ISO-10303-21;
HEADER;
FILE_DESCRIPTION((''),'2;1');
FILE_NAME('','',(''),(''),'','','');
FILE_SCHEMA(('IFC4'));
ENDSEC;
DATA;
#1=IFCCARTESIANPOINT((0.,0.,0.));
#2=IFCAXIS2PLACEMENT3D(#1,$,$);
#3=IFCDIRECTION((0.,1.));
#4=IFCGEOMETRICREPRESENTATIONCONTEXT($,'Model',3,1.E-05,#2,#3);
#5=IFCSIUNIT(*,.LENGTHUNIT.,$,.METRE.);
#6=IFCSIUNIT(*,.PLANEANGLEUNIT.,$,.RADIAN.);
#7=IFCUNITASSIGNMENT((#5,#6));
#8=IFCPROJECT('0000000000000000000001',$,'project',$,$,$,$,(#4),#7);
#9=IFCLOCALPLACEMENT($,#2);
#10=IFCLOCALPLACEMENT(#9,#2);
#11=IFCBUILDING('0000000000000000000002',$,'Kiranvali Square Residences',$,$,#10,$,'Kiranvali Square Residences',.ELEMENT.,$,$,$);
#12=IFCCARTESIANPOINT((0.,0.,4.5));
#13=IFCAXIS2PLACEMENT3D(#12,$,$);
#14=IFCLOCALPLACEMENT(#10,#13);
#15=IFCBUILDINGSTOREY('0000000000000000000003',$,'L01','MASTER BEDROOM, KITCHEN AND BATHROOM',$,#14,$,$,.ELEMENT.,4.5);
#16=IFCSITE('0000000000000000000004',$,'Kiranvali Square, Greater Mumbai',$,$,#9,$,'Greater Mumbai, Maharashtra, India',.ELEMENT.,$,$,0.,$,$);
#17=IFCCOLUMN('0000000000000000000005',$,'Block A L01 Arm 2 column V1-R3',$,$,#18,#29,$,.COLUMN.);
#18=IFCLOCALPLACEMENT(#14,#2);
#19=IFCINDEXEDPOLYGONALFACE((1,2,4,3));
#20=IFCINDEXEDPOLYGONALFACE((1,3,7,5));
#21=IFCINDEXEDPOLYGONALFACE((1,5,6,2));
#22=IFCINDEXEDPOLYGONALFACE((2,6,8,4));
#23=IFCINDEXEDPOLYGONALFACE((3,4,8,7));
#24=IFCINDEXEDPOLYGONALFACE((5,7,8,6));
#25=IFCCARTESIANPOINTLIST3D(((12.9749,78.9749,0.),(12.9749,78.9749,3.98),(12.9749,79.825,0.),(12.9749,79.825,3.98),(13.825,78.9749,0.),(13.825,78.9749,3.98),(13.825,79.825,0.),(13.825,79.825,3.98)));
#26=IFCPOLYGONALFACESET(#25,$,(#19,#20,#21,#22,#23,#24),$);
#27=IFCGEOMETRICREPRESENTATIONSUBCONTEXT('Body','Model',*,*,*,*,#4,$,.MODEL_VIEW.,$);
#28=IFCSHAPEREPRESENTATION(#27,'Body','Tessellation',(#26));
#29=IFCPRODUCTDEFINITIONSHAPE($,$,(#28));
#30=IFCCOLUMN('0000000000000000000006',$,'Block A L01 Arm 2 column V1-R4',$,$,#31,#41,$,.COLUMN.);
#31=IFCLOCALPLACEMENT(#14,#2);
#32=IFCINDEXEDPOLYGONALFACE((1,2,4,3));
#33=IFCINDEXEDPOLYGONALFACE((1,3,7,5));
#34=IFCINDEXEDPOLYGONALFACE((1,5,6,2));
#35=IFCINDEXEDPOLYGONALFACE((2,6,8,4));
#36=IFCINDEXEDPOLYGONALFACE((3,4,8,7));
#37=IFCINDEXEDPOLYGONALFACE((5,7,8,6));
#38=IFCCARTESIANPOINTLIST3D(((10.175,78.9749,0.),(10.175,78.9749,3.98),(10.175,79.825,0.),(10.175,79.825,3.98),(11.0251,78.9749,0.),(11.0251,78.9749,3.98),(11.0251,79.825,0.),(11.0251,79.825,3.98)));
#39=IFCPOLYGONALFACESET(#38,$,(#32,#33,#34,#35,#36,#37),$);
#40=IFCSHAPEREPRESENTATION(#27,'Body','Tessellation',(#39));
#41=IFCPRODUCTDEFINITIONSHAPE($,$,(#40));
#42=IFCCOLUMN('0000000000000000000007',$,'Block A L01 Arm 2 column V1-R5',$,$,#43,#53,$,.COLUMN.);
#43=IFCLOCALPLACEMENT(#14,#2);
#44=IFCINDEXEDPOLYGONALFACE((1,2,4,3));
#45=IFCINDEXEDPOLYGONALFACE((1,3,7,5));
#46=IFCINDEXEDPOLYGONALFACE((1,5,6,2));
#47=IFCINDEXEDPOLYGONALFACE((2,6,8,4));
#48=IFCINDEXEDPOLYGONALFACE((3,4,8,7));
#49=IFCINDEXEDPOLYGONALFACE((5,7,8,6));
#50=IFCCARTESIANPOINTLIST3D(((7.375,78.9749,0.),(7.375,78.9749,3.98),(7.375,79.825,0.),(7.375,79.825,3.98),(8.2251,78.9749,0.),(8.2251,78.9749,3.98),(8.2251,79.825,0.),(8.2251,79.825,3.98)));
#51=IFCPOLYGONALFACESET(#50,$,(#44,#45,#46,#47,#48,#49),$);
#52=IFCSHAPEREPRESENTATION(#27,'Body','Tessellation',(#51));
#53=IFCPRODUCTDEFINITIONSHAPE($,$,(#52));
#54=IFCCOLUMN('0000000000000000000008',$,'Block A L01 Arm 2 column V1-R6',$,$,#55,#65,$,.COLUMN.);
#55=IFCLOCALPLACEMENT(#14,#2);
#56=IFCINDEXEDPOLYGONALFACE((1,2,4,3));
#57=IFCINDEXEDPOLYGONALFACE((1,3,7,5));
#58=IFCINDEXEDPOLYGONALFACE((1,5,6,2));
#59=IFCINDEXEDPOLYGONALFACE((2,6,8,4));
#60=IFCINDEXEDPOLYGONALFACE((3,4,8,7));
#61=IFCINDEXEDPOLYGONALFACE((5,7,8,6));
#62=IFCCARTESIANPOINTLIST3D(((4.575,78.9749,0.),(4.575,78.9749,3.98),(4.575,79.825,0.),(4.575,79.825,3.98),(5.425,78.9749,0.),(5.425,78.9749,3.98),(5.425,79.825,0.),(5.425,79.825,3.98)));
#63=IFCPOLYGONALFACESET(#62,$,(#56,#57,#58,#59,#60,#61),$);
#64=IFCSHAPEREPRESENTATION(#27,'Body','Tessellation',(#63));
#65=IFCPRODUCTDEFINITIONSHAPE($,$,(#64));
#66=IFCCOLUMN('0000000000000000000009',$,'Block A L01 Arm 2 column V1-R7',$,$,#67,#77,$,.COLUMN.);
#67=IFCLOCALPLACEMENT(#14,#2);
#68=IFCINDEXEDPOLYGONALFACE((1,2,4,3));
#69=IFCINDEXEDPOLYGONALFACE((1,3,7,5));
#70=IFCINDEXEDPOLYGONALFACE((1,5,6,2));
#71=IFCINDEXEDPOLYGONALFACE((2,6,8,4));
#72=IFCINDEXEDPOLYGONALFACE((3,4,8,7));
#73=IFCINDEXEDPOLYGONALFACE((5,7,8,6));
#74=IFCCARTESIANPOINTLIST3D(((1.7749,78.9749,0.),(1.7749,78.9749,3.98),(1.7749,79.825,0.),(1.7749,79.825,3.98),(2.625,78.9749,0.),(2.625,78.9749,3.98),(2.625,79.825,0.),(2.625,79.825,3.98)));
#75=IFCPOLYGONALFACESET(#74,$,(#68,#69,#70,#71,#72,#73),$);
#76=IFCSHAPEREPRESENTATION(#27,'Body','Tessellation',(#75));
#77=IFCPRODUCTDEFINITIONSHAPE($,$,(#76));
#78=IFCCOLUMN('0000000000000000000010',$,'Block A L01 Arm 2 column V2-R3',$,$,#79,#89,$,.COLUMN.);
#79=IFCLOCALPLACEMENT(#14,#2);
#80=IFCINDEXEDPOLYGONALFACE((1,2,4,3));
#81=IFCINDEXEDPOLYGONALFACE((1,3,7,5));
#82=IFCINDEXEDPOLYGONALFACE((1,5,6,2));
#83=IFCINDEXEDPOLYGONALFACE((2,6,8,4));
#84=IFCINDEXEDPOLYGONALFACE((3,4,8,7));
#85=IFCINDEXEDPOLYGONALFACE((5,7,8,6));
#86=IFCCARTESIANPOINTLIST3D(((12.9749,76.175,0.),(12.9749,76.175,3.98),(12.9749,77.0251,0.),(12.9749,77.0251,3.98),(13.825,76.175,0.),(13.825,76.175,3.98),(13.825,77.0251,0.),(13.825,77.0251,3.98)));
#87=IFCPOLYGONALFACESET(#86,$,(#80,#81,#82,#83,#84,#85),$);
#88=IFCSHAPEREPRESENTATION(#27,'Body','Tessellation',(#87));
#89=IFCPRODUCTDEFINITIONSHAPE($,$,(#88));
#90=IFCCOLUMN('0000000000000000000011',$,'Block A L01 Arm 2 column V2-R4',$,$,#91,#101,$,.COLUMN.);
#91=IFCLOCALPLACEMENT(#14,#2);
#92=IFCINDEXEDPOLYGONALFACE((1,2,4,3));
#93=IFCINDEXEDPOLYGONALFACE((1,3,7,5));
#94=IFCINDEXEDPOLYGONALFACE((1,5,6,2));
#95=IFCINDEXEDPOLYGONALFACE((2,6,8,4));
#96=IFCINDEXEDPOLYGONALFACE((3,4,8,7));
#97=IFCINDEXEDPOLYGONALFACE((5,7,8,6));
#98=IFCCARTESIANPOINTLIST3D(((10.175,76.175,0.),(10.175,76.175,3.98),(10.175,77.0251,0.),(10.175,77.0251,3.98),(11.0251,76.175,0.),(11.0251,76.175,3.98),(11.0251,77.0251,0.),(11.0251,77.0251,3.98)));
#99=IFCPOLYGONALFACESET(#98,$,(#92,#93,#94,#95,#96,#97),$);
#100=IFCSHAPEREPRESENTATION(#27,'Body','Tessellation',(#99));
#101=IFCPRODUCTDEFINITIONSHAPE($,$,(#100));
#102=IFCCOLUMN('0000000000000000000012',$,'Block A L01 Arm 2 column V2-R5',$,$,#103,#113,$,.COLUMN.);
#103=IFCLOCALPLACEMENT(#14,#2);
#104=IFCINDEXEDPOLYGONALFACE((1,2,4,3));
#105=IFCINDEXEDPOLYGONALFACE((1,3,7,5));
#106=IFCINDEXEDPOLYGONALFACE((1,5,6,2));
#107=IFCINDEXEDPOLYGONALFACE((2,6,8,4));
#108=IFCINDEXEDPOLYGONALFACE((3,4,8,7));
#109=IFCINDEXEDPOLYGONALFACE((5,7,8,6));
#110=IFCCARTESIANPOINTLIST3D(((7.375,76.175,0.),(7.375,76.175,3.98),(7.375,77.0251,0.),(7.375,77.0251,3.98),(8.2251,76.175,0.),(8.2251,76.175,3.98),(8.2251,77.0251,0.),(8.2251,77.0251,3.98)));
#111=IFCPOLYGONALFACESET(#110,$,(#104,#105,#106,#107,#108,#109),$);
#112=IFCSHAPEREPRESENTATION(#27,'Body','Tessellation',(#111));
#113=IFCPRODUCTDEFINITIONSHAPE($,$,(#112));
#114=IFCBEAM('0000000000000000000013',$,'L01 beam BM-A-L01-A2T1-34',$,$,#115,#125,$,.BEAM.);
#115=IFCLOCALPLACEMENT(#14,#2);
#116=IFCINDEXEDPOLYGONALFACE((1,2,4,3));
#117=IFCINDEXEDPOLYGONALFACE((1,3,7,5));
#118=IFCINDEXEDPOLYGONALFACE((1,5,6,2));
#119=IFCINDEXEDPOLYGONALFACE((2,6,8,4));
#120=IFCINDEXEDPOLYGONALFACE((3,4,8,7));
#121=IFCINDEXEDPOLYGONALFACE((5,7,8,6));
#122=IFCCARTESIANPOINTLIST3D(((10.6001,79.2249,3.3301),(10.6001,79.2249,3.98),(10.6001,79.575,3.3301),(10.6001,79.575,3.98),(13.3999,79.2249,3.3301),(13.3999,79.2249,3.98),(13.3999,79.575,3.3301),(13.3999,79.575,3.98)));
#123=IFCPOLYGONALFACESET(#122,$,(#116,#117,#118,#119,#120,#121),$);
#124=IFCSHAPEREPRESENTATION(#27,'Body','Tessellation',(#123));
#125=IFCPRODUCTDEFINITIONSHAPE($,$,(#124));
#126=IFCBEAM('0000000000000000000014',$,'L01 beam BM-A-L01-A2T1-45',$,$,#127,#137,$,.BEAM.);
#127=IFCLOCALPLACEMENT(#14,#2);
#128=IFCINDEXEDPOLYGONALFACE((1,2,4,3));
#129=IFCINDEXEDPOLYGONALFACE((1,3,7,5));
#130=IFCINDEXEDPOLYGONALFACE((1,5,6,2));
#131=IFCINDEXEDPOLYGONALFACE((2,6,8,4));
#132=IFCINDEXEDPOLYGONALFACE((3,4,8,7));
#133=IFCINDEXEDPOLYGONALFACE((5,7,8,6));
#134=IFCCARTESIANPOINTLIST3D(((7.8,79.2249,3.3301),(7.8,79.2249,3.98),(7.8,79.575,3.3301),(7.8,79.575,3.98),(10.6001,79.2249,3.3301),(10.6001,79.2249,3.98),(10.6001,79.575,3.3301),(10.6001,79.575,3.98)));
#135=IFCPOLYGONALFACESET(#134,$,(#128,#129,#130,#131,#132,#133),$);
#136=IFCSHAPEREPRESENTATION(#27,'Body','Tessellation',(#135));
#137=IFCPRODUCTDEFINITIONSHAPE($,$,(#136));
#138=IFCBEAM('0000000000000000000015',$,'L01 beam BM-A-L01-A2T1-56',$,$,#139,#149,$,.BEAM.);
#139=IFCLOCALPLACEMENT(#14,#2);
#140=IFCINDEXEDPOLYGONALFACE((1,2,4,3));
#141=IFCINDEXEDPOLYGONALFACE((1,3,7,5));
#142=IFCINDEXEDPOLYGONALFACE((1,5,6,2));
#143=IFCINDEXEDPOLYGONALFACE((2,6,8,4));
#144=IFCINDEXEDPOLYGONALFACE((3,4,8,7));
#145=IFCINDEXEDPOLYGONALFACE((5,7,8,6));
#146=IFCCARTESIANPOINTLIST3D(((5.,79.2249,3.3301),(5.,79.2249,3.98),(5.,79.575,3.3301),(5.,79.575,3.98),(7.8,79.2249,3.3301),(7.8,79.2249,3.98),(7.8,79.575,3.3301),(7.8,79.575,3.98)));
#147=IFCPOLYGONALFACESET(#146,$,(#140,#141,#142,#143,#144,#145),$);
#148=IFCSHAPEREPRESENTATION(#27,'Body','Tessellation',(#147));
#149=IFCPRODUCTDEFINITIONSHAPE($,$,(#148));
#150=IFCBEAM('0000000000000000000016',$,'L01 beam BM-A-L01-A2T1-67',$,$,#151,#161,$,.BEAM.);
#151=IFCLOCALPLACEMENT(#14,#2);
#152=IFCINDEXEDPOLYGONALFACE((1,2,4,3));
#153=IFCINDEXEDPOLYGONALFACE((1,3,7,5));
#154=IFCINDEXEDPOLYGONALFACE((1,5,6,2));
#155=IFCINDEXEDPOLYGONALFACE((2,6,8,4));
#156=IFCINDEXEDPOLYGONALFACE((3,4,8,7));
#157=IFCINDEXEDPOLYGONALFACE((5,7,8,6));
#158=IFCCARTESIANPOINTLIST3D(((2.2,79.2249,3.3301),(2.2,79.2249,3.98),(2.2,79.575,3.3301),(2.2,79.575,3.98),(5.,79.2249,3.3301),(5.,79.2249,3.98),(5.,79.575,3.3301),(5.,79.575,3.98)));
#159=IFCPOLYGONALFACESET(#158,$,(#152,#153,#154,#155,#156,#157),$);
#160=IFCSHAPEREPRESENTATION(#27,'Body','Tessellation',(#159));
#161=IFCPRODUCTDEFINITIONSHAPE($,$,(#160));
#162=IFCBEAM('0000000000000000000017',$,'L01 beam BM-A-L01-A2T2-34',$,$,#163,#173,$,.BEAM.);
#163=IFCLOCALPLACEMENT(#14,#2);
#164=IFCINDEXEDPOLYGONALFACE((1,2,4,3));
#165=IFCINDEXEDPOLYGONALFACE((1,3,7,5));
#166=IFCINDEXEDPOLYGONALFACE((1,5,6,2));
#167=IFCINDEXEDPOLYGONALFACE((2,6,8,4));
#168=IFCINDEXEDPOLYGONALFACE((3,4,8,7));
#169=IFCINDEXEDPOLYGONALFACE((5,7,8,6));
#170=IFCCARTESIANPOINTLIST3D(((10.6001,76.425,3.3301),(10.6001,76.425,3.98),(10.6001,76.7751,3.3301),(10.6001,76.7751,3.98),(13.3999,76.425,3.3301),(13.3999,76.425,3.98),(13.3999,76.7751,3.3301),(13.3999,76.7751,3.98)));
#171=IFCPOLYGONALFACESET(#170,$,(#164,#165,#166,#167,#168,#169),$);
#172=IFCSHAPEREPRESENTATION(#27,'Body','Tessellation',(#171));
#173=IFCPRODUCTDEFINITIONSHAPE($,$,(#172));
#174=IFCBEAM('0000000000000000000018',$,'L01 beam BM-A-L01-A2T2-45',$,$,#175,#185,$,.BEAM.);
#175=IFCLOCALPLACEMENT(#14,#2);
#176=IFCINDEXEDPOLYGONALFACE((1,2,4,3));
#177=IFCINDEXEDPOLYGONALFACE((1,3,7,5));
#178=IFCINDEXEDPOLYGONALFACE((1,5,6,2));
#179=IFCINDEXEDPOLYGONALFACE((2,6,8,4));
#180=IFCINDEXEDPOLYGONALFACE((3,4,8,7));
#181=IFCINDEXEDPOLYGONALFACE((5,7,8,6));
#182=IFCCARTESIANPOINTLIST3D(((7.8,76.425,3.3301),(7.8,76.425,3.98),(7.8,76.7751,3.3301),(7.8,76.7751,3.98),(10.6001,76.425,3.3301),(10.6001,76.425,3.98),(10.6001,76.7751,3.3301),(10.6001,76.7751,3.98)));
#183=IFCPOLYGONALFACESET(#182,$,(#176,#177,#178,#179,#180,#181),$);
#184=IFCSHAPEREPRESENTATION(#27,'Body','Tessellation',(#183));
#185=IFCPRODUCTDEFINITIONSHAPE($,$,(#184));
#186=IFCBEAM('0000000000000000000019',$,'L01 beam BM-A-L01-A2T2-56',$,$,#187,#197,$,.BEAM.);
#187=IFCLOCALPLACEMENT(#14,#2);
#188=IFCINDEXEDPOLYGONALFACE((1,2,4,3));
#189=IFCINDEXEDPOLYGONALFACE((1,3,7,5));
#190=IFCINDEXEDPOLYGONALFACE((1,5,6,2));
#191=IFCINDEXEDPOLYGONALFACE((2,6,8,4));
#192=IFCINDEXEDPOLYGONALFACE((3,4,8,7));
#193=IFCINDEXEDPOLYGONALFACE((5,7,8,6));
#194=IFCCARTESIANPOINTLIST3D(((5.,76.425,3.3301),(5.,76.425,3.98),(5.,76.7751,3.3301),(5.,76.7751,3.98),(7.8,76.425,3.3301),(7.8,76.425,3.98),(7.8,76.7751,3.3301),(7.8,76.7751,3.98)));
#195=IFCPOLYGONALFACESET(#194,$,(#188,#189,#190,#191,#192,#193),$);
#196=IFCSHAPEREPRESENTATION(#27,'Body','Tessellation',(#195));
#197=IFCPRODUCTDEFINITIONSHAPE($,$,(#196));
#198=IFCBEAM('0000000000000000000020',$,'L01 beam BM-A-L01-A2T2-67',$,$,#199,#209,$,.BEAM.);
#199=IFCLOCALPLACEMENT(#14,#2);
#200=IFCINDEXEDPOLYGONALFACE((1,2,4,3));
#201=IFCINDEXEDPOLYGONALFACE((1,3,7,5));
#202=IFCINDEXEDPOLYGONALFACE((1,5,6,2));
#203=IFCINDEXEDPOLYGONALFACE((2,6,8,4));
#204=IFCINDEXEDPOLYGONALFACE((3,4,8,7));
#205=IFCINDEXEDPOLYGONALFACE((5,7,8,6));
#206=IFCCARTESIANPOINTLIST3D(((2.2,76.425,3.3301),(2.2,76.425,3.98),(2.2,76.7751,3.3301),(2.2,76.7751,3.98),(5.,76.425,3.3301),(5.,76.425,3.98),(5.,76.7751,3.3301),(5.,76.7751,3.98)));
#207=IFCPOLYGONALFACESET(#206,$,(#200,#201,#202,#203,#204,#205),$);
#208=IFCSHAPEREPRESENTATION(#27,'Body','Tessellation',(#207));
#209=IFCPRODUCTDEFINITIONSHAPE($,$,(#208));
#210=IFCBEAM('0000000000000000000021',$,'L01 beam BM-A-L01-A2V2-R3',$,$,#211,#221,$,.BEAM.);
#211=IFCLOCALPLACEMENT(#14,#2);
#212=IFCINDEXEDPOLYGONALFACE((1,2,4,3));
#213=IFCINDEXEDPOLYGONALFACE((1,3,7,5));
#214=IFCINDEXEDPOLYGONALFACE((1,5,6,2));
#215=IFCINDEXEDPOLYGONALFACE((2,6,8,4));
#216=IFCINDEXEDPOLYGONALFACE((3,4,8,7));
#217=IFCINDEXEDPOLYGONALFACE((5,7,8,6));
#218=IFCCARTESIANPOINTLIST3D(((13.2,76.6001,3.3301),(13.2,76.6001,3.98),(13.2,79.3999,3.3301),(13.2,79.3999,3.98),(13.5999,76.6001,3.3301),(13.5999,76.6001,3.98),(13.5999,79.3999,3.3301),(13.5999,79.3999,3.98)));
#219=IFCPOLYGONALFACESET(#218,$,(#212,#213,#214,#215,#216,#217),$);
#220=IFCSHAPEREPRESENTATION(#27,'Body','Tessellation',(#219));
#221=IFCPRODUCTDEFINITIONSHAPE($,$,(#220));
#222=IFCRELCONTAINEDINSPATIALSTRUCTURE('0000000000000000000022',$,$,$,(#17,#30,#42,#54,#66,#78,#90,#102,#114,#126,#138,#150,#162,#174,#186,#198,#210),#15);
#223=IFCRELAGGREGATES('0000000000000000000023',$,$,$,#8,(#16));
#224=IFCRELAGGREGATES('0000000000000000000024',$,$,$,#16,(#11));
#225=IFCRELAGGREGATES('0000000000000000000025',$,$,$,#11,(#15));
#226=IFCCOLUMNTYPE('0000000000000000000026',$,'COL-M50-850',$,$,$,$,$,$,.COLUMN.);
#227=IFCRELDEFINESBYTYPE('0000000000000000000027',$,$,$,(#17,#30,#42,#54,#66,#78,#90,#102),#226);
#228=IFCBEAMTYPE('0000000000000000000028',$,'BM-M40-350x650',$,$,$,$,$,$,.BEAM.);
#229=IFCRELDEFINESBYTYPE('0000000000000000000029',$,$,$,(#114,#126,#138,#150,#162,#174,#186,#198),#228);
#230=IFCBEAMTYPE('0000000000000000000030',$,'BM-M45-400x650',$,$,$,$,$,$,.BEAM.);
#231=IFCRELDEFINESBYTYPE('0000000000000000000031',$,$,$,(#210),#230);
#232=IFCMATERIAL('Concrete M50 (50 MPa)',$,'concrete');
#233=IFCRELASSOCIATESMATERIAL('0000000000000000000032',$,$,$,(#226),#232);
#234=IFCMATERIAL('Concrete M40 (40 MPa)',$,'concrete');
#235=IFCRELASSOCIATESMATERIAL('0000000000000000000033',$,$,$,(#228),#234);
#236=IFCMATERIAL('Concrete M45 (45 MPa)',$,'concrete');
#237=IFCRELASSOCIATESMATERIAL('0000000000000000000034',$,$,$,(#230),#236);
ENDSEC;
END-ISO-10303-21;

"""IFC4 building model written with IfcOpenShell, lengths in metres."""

from ifc_helpers import new_model, si_unit, direction, frame, origin, origin_2d, place, context, subcontext, project, spatial, rectangle, extrude, material, material_profile, profile_set, type_object, element, save


model = new_model("IFC4")

# Units and contexts
model_context = context("Model", 3, precision=1e-05, world=origin(), true_north=direction((0.0, 1.0)))
body_context = subcontext(model_context, "Body", "Model", "MODEL_VIEW")
ifc_project = project(units=[si_unit("LENGTHUNIT", "METRE"), si_unit("PLANEANGLEUNIT", "RADIAN")], contexts=[model_context])

# Site, building, storey
site_placement = place(None, origin())
site = spatial("IfcSite", under=ifc_project, at=site_placement, Name="Kiranvali Square, Greater Mumbai", LongName="Greater Mumbai, Maharashtra, India", CompositionType="ELEMENT", RefElevation=0.0)
building_placement = place(site_placement, origin())
building = spatial("IfcBuilding", under=site, at=building_placement, Name="Kiranvali Square Residences", LongName="Kiranvali Square Residences", CompositionType="ELEMENT")
storey_placement = place(building_placement, frame((0.0, 0.0, 4.5)))
storey = spatial("IfcBuildingStorey", under=building, at=storey_placement, Name="L01", Description="MASTER BEDROOM, KITCHEN AND BATHROOM", CompositionType="ELEMENT", Elevation=4.5)

# Columns
ifc_material_1 = material(Name="Concrete M50 (50 MPa)", Category="concrete")
ifc_material_profile_1 = material_profile(ifc_material_1, rectangle(XDim=0.8501, YDim=0.8501, at=origin_2d()), Name="RC 850x850")
ifc_profile_set_1 = profile_set([ifc_material_profile_1], Name="Concrete M50 (50 MPa)")
column_type = type_object("IfcColumnType", Name="COL-M50-850", PredefinedType="COLUMN", material=ifc_profile_set_1)
for number, where, z_axis, x_axis, name in (
    (1, (13.3999, 79.3999, 0.0), (0.0, 0.0, 1.0), (1.0, 0.0, 0.0), "Block A L01 Arm 2 column V1-R3"),
    (2, (10.6001, 79.3999, 0.0), (0.0, 0.0, 1.0), (1.0, 0.0, 0.0), "Block A L01 Arm 2 column V1-R4"),
    (3, (7.8, 79.3999, 0.0), (0.0, 0.0, 1.0), (1.0, 0.0, 0.0), "Block A L01 Arm 2 column V1-R5"),
    (4, (5.0, 79.3999, 0.0), (0.0, 0.0, 1.0), (1.0, 0.0, 0.0), "Block A L01 Arm 2 column V1-R6"),
    (5, (2.2, 79.3999, 0.0), (0.0, 0.0, 1.0), (1.0, 0.0, 0.0), "Block A L01 Arm 2 column V1-R7"),
    (6, (13.3999, 76.6001, 0.0), (0.0, 0.0, 1.0), (1.0, 0.0, 0.0), "Block A L01 Arm 2 column V2-R3"),
    (7, (10.6001, 76.6001, 0.0), (0.0, 0.0, 1.0), (1.0, 0.0, 0.0), "Block A L01 Arm 2 column V2-R4"),
    (8, (7.8, 76.6001, 0.0), (0.0, 0.0, 1.0), (1.0, 0.0, 0.0), "Block A L01 Arm 2 column V2-R5"),
):
    element("IfcColumn", number, at=place(storey_placement, frame(where, z_axis=z_axis, x_axis=x_axis)), inside=storey, type_object=column_type, Name=name, PredefinedType="COLUMN", context=body_context, shape_type="SweptSolid", body=[
        extrude(rectangle(XDim=0.8501, YDim=0.8501, at=origin_2d()), origin(), (0.0, 0.0, 1.0), 3.98),
    ])

# Beams
ifc_material_2 = material(Name="Concrete M40 (40 MPa)", Category="concrete")
ifc_material_profile_2 = material_profile(ifc_material_2, rectangle(XDim=0.3501, YDim=0.6499, at=origin_2d()), Name="RC 350x650")
ifc_profile_set_2 = profile_set([ifc_material_profile_2], Name="Concrete M40 (40 MPa)")
beam_type_1 = type_object("IfcBeamType", Name="BM-M40-350x650", PredefinedType="BEAM", material=ifc_profile_set_2)
beam_1_placement = place(storey_placement, frame((13.3999, 79.3999, 3.655), z_axis=(-1.0, 0.0, 0.0), x_axis=(0.0, -1.0, 0.0)))
element("IfcBeam", 9, at=beam_1_placement, inside=storey, type_object=beam_type_1, Name="L01 beam BM-A-L01-A2T1-34", PredefinedType="BEAM", context=body_context, shape_type="SweptSolid", body=[
    extrude(rectangle(XDim=0.3501, YDim=0.6499, at=origin_2d()), origin(), (0.0, 0.0, 1.0), 2.7998),
])
for number, where, z_axis, x_axis, name in (
    (10, (10.6001, 79.3999, 3.655), (-1.0, 0.0, 0.0), (0.0, -1.0, 0.0), "L01 beam BM-A-L01-A2T1-45"),
    (11, (7.8, 79.3999, 3.655), (-1.0, 0.0, 0.0), (0.0, -1.0, 0.0), "L01 beam BM-A-L01-A2T1-56"),
    (12, (5.0, 79.3999, 3.655), (-1.0, 0.0, 0.0), (0.0, -1.0, 0.0), "L01 beam BM-A-L01-A2T1-67"),
):
    element("IfcBeam", number, at=place(storey_placement, frame(where, z_axis=z_axis, x_axis=x_axis)), inside=storey, type_object=beam_type_1, Name=name, PredefinedType="BEAM", context=body_context, shape_type="SweptSolid", body=[
        extrude(rectangle(XDim=0.3501, YDim=0.6499, at=origin_2d()), origin(), (0.0, 0.0, 1.0), 2.8),
    ])
beam_2_placement = place(storey_placement, frame((13.3999, 76.6001, 3.655), z_axis=(-1.0, 0.0, 0.0), x_axis=(0.0, -1.0, 0.0)))
element("IfcBeam", 13, at=beam_2_placement, inside=storey, type_object=beam_type_1, Name="L01 beam BM-A-L01-A2T2-34", PredefinedType="BEAM", context=body_context, shape_type="SweptSolid", body=[
    extrude(rectangle(XDim=0.3501, YDim=0.6499, at=origin_2d()), origin(), (0.0, 0.0, 1.0), 2.7998),
])
for number, where, z_axis, x_axis, name in (
    (14, (10.6001, 76.6001, 3.655), (-1.0, 0.0, 0.0), (0.0, -1.0, 0.0), "L01 beam BM-A-L01-A2T2-45"),
    (15, (7.8, 76.6001, 3.655), (-1.0, 0.0, 0.0), (0.0, -1.0, 0.0), "L01 beam BM-A-L01-A2T2-56"),
    (16, (5.0, 76.6001, 3.655), (-1.0, 0.0, 0.0), (0.0, -1.0, 0.0), "L01 beam BM-A-L01-A2T2-67"),
):
    element("IfcBeam", number, at=place(storey_placement, frame(where, z_axis=z_axis, x_axis=x_axis)), inside=storey, type_object=beam_type_1, Name=name, PredefinedType="BEAM", context=body_context, shape_type="SweptSolid", body=[
        extrude(rectangle(XDim=0.3501, YDim=0.6499, at=origin_2d()), origin(), (0.0, 0.0, 1.0), 2.8),
    ])
ifc_material_3 = material(Name="Concrete M45 (45 MPa)", Category="concrete")
ifc_material_profile_3 = material_profile(ifc_material_3, rectangle(XDim=0.3999, YDim=0.6499, at=origin_2d()), Name="RC 400x650")
ifc_profile_set_3 = profile_set([ifc_material_profile_3], Name="Concrete M45 (45 MPa)")
beam_type_2 = type_object("IfcBeamType", Name="BM-M45-400x650", PredefinedType="BEAM", material=ifc_profile_set_3)
beam_3_placement = place(storey_placement, frame((13.3999, 79.3999, 3.655), z_axis=(0.0, -1.0, 0.0), x_axis=(1.0, 0.0, 0.0)))
element("IfcBeam", 17, at=beam_3_placement, inside=storey, type_object=beam_type_2, Name="L01 beam BM-A-L01-A2V2-R3", PredefinedType="BEAM", context=body_context, shape_type="SweptSolid", body=[
    extrude(rectangle(XDim=0.3999, YDim=0.6499, at=origin_2d()), origin(), (0.0, 0.0, 1.0), 2.7998),
])

save(model, "model.ifc")
